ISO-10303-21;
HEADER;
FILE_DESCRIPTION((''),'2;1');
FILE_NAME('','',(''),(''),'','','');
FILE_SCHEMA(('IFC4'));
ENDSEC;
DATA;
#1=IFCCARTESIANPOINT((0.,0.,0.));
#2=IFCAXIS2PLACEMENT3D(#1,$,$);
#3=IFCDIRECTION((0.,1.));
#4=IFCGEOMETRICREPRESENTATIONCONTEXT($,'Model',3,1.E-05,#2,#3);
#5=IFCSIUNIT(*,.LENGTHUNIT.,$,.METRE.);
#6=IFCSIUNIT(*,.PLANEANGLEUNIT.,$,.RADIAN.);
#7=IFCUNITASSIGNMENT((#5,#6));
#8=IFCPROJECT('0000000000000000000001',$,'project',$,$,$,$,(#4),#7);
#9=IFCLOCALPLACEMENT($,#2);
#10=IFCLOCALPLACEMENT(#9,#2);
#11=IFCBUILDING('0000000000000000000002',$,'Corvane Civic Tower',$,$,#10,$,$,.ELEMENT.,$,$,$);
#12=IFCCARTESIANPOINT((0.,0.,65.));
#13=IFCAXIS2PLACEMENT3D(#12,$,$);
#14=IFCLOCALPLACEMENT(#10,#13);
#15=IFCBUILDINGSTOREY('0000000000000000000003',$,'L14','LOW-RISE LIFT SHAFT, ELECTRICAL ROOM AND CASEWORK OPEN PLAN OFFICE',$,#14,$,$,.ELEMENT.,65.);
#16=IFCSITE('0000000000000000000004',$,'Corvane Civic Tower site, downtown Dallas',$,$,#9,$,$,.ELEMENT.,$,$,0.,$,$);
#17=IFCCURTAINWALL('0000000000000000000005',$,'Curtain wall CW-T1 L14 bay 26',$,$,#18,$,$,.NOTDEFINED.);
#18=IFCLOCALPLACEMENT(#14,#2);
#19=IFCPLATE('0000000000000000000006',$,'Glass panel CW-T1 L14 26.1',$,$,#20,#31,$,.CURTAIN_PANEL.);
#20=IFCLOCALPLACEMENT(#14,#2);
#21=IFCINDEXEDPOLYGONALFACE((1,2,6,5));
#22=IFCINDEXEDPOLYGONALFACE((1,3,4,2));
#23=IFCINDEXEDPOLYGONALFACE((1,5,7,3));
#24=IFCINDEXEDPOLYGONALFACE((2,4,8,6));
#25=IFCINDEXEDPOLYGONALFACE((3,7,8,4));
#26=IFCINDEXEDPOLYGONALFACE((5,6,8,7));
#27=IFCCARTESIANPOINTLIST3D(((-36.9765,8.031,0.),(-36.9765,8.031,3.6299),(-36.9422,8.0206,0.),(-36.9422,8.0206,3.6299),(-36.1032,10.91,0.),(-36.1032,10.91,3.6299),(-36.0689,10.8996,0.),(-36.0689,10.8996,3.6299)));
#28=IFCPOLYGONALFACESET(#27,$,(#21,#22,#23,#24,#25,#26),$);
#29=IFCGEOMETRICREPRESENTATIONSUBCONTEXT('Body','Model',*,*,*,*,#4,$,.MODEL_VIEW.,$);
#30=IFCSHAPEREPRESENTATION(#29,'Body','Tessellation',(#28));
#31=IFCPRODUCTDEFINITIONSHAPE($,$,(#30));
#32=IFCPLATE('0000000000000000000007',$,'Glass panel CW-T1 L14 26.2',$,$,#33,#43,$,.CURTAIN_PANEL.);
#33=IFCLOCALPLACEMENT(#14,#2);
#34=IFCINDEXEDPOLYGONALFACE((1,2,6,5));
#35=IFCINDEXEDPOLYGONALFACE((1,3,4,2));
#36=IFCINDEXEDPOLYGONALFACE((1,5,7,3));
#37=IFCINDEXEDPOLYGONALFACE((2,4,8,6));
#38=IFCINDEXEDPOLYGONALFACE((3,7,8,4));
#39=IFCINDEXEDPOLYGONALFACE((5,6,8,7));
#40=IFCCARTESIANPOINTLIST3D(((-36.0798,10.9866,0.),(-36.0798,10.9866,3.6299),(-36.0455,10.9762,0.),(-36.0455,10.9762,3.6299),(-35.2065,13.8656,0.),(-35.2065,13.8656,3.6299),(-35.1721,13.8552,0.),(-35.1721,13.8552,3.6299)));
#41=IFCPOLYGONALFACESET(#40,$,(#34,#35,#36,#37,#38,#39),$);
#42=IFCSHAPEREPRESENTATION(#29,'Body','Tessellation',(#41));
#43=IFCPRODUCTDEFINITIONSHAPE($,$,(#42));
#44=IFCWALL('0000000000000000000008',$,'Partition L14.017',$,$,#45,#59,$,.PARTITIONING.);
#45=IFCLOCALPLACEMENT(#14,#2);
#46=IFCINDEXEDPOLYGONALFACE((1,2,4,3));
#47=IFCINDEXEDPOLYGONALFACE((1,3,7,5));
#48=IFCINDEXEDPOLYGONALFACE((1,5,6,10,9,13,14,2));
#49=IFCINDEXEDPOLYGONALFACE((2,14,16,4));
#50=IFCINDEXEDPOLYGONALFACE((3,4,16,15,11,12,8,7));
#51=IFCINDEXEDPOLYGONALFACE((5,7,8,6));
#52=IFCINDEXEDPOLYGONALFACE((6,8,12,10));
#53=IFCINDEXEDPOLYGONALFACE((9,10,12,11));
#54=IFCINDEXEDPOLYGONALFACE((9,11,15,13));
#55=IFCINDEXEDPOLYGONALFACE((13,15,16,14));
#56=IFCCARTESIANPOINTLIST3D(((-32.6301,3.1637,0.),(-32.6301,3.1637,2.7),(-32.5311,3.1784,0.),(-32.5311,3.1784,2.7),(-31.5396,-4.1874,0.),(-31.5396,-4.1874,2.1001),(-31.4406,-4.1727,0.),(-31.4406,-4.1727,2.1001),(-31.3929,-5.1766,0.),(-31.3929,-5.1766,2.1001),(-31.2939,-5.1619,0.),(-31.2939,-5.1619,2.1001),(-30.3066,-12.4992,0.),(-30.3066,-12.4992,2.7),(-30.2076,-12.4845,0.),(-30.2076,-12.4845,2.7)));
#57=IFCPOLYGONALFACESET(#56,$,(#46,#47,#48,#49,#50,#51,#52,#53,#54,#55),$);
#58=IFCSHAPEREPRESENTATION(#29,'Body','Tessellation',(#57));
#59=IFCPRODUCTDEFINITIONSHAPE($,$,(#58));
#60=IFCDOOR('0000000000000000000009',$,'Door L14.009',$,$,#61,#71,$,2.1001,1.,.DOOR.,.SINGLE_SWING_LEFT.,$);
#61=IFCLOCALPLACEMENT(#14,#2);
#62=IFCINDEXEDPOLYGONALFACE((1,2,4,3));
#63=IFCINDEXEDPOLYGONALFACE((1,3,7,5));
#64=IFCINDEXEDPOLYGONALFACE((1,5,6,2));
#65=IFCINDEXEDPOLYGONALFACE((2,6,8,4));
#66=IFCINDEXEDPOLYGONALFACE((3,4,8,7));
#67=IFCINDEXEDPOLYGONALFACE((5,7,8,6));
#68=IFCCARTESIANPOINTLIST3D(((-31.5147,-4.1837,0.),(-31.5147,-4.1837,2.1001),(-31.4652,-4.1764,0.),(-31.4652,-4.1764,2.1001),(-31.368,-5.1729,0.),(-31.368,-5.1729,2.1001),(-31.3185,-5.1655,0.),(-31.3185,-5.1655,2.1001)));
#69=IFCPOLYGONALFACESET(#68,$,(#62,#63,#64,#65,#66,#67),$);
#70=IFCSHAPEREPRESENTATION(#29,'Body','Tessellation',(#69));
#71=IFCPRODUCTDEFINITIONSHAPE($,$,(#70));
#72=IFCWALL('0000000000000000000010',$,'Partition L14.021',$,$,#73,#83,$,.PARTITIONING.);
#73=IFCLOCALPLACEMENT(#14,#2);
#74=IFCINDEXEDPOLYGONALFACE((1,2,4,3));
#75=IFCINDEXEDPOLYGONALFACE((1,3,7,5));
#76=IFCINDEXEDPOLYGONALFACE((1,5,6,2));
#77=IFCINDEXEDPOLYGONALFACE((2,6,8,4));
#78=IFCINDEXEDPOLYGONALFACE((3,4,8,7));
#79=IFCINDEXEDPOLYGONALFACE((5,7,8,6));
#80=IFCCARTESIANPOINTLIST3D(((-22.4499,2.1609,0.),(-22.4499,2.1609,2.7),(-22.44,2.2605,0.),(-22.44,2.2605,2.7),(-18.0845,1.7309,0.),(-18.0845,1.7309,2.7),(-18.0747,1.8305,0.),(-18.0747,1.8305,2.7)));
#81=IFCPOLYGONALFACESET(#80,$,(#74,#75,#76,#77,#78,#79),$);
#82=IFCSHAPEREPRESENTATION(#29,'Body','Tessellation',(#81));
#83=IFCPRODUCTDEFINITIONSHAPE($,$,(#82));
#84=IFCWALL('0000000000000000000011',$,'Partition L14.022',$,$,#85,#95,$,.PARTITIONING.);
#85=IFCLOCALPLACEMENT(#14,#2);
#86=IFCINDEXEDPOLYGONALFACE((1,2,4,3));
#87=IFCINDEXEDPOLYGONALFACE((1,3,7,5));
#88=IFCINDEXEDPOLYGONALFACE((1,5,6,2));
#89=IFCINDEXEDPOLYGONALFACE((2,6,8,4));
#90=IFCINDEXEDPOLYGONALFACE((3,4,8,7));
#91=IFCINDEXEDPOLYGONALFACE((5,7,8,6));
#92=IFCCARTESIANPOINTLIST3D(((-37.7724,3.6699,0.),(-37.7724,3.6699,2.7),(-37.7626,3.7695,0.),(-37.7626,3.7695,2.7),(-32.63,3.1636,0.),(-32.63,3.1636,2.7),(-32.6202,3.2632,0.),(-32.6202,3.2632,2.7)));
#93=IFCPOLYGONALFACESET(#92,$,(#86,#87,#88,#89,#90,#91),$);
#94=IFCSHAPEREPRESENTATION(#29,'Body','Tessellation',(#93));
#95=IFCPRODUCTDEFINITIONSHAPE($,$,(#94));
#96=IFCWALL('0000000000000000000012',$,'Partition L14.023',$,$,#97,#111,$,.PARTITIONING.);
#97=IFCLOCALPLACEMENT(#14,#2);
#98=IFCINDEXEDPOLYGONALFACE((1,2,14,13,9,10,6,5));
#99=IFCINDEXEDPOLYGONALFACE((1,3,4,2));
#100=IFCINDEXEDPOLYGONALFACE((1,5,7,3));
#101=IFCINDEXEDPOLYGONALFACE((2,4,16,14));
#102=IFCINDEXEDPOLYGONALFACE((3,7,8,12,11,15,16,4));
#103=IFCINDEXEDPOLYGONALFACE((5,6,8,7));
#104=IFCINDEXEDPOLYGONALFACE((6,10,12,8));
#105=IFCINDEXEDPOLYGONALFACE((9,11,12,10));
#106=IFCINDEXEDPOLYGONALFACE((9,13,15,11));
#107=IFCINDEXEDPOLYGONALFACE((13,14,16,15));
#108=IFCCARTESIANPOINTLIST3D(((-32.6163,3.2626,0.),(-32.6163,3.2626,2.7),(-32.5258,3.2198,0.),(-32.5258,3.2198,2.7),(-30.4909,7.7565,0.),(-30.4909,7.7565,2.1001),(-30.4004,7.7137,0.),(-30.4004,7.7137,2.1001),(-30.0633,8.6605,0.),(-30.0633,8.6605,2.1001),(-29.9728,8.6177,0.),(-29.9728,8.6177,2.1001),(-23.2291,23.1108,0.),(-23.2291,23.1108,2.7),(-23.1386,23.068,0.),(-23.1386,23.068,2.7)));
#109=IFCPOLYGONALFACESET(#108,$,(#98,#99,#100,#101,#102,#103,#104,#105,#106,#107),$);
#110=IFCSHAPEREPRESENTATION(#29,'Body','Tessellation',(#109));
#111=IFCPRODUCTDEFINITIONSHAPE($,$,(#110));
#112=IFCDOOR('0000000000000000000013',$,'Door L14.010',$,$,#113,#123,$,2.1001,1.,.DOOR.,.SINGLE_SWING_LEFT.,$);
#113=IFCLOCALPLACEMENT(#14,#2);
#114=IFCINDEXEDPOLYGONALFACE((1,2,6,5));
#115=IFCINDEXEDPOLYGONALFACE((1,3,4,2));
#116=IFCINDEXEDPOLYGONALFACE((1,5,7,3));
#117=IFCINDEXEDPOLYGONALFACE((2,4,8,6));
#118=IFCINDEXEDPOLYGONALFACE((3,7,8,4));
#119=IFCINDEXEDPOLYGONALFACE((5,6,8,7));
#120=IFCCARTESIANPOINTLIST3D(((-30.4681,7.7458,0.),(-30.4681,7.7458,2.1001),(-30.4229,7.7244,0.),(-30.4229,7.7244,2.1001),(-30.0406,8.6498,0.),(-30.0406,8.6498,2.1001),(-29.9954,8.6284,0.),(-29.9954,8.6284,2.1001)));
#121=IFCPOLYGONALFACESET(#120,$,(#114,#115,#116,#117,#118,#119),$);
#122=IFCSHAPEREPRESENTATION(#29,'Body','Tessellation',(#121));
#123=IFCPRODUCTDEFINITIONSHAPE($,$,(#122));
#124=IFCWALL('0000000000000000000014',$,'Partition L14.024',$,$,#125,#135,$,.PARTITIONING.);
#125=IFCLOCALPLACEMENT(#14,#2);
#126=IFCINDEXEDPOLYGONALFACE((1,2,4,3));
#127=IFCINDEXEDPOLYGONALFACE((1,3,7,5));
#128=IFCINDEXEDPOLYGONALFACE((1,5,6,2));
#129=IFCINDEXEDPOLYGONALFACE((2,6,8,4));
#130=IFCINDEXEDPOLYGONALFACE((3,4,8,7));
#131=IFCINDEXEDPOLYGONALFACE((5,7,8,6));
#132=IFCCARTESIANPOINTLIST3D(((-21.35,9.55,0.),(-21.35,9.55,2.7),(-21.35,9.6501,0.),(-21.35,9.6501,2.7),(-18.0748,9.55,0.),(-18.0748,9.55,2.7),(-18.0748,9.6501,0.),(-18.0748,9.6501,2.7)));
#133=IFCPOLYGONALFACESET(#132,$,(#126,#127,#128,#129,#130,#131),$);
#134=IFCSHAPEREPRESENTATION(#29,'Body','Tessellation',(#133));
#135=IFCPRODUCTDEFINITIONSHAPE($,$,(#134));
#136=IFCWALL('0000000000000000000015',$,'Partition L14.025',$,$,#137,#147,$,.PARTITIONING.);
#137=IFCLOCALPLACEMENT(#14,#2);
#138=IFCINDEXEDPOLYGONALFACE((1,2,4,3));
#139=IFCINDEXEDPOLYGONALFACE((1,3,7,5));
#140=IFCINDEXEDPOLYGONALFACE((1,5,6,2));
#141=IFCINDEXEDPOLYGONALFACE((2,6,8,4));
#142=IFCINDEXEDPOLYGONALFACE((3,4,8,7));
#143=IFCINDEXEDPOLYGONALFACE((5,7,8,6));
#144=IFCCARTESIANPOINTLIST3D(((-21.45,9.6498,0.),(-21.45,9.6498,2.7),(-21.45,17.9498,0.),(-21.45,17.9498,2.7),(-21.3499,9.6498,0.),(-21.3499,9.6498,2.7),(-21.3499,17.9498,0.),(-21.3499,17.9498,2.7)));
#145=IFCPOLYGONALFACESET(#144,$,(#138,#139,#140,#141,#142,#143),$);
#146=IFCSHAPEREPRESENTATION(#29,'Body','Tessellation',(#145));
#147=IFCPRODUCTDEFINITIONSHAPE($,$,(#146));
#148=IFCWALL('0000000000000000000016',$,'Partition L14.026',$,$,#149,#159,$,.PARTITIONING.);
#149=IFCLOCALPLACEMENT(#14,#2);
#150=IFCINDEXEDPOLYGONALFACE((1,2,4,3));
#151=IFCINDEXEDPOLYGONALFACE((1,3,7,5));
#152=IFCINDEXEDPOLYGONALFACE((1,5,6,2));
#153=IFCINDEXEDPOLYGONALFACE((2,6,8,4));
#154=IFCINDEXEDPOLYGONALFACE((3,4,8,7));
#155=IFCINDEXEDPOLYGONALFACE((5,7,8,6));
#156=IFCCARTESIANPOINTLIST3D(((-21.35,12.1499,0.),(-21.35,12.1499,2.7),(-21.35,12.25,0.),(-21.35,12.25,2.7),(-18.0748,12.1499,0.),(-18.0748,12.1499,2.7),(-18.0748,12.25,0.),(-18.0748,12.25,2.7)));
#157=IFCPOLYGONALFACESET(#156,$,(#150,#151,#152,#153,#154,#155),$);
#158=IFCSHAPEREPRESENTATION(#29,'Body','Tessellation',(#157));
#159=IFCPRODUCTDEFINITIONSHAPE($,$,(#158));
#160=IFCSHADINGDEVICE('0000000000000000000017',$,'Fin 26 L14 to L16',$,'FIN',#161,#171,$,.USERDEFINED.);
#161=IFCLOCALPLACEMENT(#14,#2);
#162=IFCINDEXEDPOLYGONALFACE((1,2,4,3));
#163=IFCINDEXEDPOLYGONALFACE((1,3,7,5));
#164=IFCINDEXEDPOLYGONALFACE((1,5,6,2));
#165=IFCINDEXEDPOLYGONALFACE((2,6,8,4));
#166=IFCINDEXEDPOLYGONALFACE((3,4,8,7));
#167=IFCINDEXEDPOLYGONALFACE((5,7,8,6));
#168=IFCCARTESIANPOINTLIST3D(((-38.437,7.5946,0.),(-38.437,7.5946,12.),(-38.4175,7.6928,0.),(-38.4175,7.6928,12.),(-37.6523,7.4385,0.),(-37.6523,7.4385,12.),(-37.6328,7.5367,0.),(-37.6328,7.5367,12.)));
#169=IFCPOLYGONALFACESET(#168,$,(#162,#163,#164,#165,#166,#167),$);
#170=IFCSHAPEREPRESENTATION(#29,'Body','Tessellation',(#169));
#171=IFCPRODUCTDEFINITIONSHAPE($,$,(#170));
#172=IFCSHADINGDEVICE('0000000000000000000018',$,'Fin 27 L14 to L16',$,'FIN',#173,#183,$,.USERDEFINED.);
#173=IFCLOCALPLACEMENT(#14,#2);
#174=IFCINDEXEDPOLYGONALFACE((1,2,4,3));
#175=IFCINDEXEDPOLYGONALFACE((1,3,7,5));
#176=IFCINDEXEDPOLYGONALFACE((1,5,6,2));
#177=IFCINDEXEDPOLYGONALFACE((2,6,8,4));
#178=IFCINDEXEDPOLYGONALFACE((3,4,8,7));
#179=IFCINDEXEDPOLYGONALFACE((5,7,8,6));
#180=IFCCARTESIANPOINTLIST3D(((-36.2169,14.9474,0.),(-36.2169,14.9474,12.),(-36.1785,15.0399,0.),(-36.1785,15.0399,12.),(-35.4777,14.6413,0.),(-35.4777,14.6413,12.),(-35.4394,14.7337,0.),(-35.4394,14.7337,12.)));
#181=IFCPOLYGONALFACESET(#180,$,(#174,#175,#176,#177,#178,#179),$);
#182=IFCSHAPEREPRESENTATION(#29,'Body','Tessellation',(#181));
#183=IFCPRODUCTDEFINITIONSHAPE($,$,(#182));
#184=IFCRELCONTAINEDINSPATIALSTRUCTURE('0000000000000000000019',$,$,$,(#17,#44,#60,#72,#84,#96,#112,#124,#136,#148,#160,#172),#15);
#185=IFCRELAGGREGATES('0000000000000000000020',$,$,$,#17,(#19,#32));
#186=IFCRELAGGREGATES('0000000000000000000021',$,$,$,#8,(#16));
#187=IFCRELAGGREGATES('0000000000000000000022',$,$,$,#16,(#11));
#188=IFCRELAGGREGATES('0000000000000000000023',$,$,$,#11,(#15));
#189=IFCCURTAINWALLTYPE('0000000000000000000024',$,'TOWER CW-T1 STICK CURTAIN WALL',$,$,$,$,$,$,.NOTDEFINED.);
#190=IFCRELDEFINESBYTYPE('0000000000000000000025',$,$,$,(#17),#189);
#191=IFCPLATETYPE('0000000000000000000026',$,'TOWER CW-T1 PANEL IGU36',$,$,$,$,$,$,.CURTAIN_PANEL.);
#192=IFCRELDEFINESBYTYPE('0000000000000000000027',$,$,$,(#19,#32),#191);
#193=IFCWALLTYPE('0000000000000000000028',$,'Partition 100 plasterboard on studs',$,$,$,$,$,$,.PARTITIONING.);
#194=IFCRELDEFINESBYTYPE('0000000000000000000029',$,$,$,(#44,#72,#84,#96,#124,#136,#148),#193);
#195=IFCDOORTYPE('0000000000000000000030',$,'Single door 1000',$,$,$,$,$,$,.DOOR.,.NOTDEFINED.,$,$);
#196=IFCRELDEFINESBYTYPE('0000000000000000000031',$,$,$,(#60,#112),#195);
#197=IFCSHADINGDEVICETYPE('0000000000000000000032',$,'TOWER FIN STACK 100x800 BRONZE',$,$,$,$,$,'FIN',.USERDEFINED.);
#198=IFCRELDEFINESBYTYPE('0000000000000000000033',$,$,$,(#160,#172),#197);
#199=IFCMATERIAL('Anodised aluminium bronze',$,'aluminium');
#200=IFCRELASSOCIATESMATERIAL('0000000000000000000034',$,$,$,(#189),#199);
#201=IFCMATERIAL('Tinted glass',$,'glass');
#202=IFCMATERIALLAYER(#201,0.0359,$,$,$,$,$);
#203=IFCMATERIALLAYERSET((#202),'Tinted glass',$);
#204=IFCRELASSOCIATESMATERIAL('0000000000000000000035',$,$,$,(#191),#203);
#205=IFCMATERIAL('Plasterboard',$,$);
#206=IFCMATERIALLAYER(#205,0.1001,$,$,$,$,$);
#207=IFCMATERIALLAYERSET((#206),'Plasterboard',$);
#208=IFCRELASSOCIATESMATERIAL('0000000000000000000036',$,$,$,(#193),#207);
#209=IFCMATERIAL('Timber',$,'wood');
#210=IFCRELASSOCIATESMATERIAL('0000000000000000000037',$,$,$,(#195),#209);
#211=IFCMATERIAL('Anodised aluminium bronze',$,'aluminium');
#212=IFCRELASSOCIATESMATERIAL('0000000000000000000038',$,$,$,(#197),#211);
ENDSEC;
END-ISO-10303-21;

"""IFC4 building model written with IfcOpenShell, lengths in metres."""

from ifc_helpers import new_model, si_unit, direction, frame, frame_2d, origin, origin_2d, place, context, subcontext, project, spatial, rectangle, extrude, material, layer, layer_set, material_profile, profile_set, type_object, element, fill, aggregate, save


model = new_model("IFC4")

# Units and contexts
model_context = context("Model", 3, precision=1e-05, world=origin(), true_north=direction((0.0, 1.0)))
body_context = subcontext(model_context, "Body", "Model", "MODEL_VIEW")
ifc_project = project(units=[si_unit("LENGTHUNIT", "METRE"), si_unit("PLANEANGLEUNIT", "RADIAN")], contexts=[model_context])

# Site, building, storey
site_placement = place(None, origin())
site = spatial("IfcSite", under=ifc_project, at=site_placement, Name="Corvane Civic Tower site, downtown Dallas", CompositionType="ELEMENT", RefElevation=0.0)
building_placement = place(site_placement, origin())
building = spatial("IfcBuilding", under=site, at=building_placement, Name="Corvane Civic Tower", CompositionType="ELEMENT")
storey_placement = place(building_placement, frame((0.0, 0.0, 65.0)))
storey = spatial("IfcBuildingStorey", under=building, at=storey_placement, Name="L14", Description="LOW-RISE LIFT SHAFT, ELECTRICAL ROOM AND CASEWORK OPEN PLAN OFFICE", CompositionType="ELEMENT", Elevation=65.0)

# Curtain wall
ifc_material_1 = material(Name="Anodised aluminium bronze", Category="aluminium")
curtain_wall_type = type_object("IfcCurtainWallType", Name="TOWER CW-T1 STICK CURTAIN WALL", PredefinedType="NOTDEFINED", material=ifc_material_1)
curtain_wall_1_placement = place(storey_placement, origin())
curtain_wall_1 = element("IfcCurtainWall", 1, at=curtain_wall_1_placement, inside=storey, type_object=curtain_wall_type, Name="Curtain wall CW-T1 L14 bay 26", PredefinedType="NOTDEFINED")

# Plates
ifc_material_2 = material(Name="Tinted glass", Category="glass")
ifc_layer_1 = layer(ifc_material_2, 0.0359)
ifc_layer_set_1 = layer_set([ifc_layer_1], Name="Tinted glass")
plate_type = type_object("IfcPlateType", Name="TOWER CW-T1 PANEL IGU36", PredefinedType="CURTAIN_PANEL", material=ifc_layer_set_1)
plate_1_placement = place(storey_placement, frame((-36.5227, 9.4653, 0.0), z_axis=(0.0, 0.0, 1.0), x_axis=(0.290278, 0.956942, 0.0)))
plate_1 = element("IfcPlate", 2, at=plate_1_placement, type_object=plate_type, Name="Glass panel CW-T1 L14 26.1", PredefinedType="CURTAIN_PANEL", context=body_context, shape_type="SweptSolid", body=[
    extrude(rectangle(XDim=3.0085, YDim=0.0359, at=origin_2d()), origin(), (0.0, 0.0, 1.0), 3.6299),
])
plate_2_placement = place(storey_placement, frame((-35.626, 12.4209, 0.0), z_axis=(0.0, 0.0, 1.0), x_axis=(0.290278, 0.956942, 0.0)))
plate_2 = element("IfcPlate", 3, at=plate_2_placement, type_object=plate_type, Name="Glass panel CW-T1 L14 26.2", PredefinedType="CURTAIN_PANEL", context=body_context, shape_type="SweptSolid", body=[
    extrude(rectangle(XDim=3.0085, YDim=0.0359, at=origin_2d()), origin(), (0.0, 0.0, 1.0), 3.6299),
])
aggregate(curtain_wall_1, [plate_1, plate_2])

# Wall, opening, door
ifc_material_3 = material(Name="Plasterboard")
ifc_layer_2 = layer(ifc_material_3, 0.1001)
ifc_layer_set_2 = layer_set([ifc_layer_2], Name="Plasterboard")
wall_type = type_object("IfcWallType", Name="Partition 100 plasterboard on studs", PredefinedType="PARTITIONING", material=ifc_layer_set_2)
wall_1_placement = place(storey_placement, frame((-32.5806, 3.1709, 0.0), z_axis=(0.0, 0.0, 1.0), x_axis=(0.146738, -0.989175, 0.0)))
wall_1 = element("IfcWall", 4, at=wall_1_placement, inside=storey, type_object=wall_type, Name="Partition L14.017", PredefinedType="PARTITIONING", context=body_context, shape_type="SweptSolid", body=[
    extrude(rectangle(XDim=15.8342, YDim=0.1001, at=frame_2d((7.917, 0.0))), origin(), (0.0, 0.0, 1.0), 2.7),
])
opening_1_placement = place(wall_1_placement, frame((7.4314, 0.0, 0.0)))
opening_1 = element("IfcOpeningElement", 5, at=opening_1_placement, cuts=wall_1, PredefinedType="OPENING", context=body_context, shape_type="SweptSolid", body=[
    extrude(rectangle(XDim=1.0, YDim=2.1001, at=frame_2d((0.5, 1.05))), frame((0.0, 0.0601, 0.0), z_axis=(0.0, -1.0, 0.0), x_axis=(1.0, 0.0, 0.0)), (0.0, 0.0, 1.0), 0.1201),
])
ifc_material_4 = material(Name="Timber", Category="wood")
door_type = type_object("IfcDoorType", Name="Single door 1000", OperationType="NOTDEFINED", PredefinedType="DOOR", material=ifc_material_4)
door_1_placement = place(opening_1_placement, frame((1.0, 0.0, 0.0), z_axis=(0.0, 0.0, 1.0), x_axis=(-1.0, 0.0, 0.0)))
door_1 = element("IfcDoor", 6, at=door_1_placement, inside=storey, type_object=door_type, Name="Door L14.009", OperationType="SINGLE_SWING_LEFT", OverallHeight=2.1001, OverallWidth=1.0, PredefinedType="DOOR", context=body_context, shape_type="SweptSolid", body=[
    extrude(rectangle(XDim=1.0, YDim=2.1001, at=frame_2d((0.5, 1.05))), frame((0.0, 0.0249, 0.0), z_axis=(0.0, -1.0, 0.0), x_axis=(1.0, 0.0, 0.0)), (0.0, 0.0, 1.0), 0.05),
])
fill(opening_1, door_1)

# Walls
wall_2_placement = place(storey_placement, frame((-22.4451, 2.2107, 0.0), z_axis=(0.0, 0.0, 1.0), x_axis=(0.995185, -0.098016, 0.0)))
element("IfcWall", 7, at=wall_2_placement, inside=storey, type_object=wall_type, Name="Partition L14.021", PredefinedType="PARTITIONING", context=body_context, shape_type="SweptSolid", body=[
    extrude(rectangle(XDim=4.3865, YDim=0.1001, at=frame_2d((2.1934, 0.0))), origin(), (0.0, 0.0, 1.0), 2.7),
])
wall_3_placement = place(storey_placement, frame((-37.7673, 3.7197, 0.0), z_axis=(0.0, 0.0, 1.0), x_axis=(0.995187, -0.097993, 0.0)))
element("IfcWall", 8, at=wall_3_placement, inside=storey, type_object=wall_type, Name="Partition L14.022", PredefinedType="PARTITIONING", context=body_context, shape_type="SweptSolid", body=[
    extrude(rectangle(XDim=5.1672, YDim=0.1001, at=frame_2d((2.5835, 0.0))), origin(), (0.0, 0.0, 1.0), 2.7),
])

# Wall, opening, door
wall_4_placement = place(storey_placement, frame((-32.571, 3.2412, 0.0), z_axis=(0.0, 0.0, 1.0), x_axis=(0.427545, 0.903994, 0.0)))
wall_4 = element("IfcWall", 9, at=wall_4_placement, inside=storey, type_object=wall_type, Name="Partition L14.023", PredefinedType="PARTITIONING", context=body_context, shape_type="SweptSolid", body=[
    extrude(rectangle(XDim=21.9561, YDim=0.1001, at=frame_2d((10.978, 0.0))), origin(), (0.0, 0.0, 1.0), 2.7),
])
opening_2_placement = place(wall_4_placement, frame((4.9712, 0.0, 0.0)))
opening_2 = element("IfcOpeningElement", 10, at=opening_2_placement, cuts=wall_4, PredefinedType="OPENING", context=body_context, shape_type="SweptSolid", body=[
    extrude(rectangle(XDim=1.0, YDim=2.1001, at=frame_2d((0.5, 1.05))), frame((0.0, 0.0601, 0.0), z_axis=(0.0, -1.0, 0.0), x_axis=(1.0, 0.0, 0.0)), (0.0, 0.0, 1.0), 0.1201),
])
door_2_placement = place(opening_2_placement, origin())
door_2 = element("IfcDoor", 11, at=door_2_placement, inside=storey, type_object=door_type, Name="Door L14.010", OperationType="SINGLE_SWING_LEFT", OverallHeight=2.1001, OverallWidth=1.0, PredefinedType="DOOR", context=body_context, shape_type="SweptSolid", body=[
    extrude(rectangle(XDim=1.0, YDim=2.1001, at=frame_2d((0.5, 1.05))), frame((0.0, 0.0249, 0.0), z_axis=(0.0, -1.0, 0.0), x_axis=(1.0, 0.0, 0.0)), (0.0, 0.0, 1.0), 0.05),
])
fill(opening_2, door_2)

# Walls
wall_5_placement = place(storey_placement, frame((-21.3501, 9.6001, 0.0), z_axis=(0.0, 0.0, 1.0), x_axis=(1.0, 0.0, 0.0)))
element("IfcWall", 12, at=wall_5_placement, inside=storey, type_object=wall_type, Name="Partition L14.024", PredefinedType="PARTITIONING", context=body_context, shape_type="SweptSolid", body=[
    extrude(rectangle(XDim=3.2751, YDim=0.1001, at=frame_2d((1.6377, 0.0))), origin(), (0.0, 0.0, 1.0), 2.7),
])
wall_6_placement = place(storey_placement, frame((-21.3999, 9.6499, 0.0), z_axis=(0.0, 0.0, 1.0), x_axis=(0.0, 1.0, 0.0)))
element("IfcWall", 13, at=wall_6_placement, inside=storey, type_object=wall_type, Name="Partition L14.025", PredefinedType="PARTITIONING", context=body_context, shape_type="SweptSolid", body=[
    extrude(rectangle(XDim=8.3, YDim=0.1001, at=frame_2d((4.1499, 0.0))), origin(), (0.0, 0.0, 1.0), 2.7),
])
wall_7_placement = place(storey_placement, frame((-21.3501, 12.2, 0.0), z_axis=(0.0, 0.0, 1.0), x_axis=(1.0, 0.0, 0.0)))
element("IfcWall", 14, at=wall_7_placement, inside=storey, type_object=wall_type, Name="Partition L14.026", PredefinedType="PARTITIONING", context=body_context, shape_type="SweptSolid", body=[
    extrude(rectangle(XDim=3.2751, YDim=0.1001, at=frame_2d((1.6377, 0.0))), origin(), (0.0, 0.0, 1.0), 2.7),
])

# Shading devices
ifc_material_5 = material(Name="Anodised aluminium bronze", Category="aluminium")
ifc_material_profile_1 = material_profile(ifc_material_5, rectangle(XDim=0.1001, YDim=0.8, at=origin_2d()), Name="TOWER FIN STACK 100x800 BRONZE")
ifc_profile_set_1 = profile_set([ifc_material_profile_1], Name="Anodised aluminium bronze")
shading_device_type = type_object("IfcShadingDeviceType", Name="TOWER FIN STACK 100x800 BRONZE", ElementType="FIN", PredefinedType="USERDEFINED", material=ifc_profile_set_1)
for number, where, z_axis, x_axis, name in (
    (15, (-38.0349, 7.5657, 0.0), (0.0, 0.0, 1.0), (0.19509, 0.980785, 0.0), "Fin 26 L14 to L16"),
    (16, (-35.8281, 14.8406, 0.0), (0.0, 0.0, 1.0), (0.382683, 0.92388, 0.0), "Fin 27 L14 to L16"),
):
    element("IfcShadingDevice", number, at=place(storey_placement, frame(where, z_axis=z_axis, x_axis=x_axis)), inside=storey, type_object=shading_device_type, Name=name, ObjectType="FIN", PredefinedType="USERDEFINED", context=body_context, shape_type="SweptSolid", body=[
        extrude(rectangle(XDim=0.1001, YDim=0.8, at=origin_2d()), origin(), (0.0, 0.0, 1.0), 12.0),
    ])

save(model, "model.ifc")
